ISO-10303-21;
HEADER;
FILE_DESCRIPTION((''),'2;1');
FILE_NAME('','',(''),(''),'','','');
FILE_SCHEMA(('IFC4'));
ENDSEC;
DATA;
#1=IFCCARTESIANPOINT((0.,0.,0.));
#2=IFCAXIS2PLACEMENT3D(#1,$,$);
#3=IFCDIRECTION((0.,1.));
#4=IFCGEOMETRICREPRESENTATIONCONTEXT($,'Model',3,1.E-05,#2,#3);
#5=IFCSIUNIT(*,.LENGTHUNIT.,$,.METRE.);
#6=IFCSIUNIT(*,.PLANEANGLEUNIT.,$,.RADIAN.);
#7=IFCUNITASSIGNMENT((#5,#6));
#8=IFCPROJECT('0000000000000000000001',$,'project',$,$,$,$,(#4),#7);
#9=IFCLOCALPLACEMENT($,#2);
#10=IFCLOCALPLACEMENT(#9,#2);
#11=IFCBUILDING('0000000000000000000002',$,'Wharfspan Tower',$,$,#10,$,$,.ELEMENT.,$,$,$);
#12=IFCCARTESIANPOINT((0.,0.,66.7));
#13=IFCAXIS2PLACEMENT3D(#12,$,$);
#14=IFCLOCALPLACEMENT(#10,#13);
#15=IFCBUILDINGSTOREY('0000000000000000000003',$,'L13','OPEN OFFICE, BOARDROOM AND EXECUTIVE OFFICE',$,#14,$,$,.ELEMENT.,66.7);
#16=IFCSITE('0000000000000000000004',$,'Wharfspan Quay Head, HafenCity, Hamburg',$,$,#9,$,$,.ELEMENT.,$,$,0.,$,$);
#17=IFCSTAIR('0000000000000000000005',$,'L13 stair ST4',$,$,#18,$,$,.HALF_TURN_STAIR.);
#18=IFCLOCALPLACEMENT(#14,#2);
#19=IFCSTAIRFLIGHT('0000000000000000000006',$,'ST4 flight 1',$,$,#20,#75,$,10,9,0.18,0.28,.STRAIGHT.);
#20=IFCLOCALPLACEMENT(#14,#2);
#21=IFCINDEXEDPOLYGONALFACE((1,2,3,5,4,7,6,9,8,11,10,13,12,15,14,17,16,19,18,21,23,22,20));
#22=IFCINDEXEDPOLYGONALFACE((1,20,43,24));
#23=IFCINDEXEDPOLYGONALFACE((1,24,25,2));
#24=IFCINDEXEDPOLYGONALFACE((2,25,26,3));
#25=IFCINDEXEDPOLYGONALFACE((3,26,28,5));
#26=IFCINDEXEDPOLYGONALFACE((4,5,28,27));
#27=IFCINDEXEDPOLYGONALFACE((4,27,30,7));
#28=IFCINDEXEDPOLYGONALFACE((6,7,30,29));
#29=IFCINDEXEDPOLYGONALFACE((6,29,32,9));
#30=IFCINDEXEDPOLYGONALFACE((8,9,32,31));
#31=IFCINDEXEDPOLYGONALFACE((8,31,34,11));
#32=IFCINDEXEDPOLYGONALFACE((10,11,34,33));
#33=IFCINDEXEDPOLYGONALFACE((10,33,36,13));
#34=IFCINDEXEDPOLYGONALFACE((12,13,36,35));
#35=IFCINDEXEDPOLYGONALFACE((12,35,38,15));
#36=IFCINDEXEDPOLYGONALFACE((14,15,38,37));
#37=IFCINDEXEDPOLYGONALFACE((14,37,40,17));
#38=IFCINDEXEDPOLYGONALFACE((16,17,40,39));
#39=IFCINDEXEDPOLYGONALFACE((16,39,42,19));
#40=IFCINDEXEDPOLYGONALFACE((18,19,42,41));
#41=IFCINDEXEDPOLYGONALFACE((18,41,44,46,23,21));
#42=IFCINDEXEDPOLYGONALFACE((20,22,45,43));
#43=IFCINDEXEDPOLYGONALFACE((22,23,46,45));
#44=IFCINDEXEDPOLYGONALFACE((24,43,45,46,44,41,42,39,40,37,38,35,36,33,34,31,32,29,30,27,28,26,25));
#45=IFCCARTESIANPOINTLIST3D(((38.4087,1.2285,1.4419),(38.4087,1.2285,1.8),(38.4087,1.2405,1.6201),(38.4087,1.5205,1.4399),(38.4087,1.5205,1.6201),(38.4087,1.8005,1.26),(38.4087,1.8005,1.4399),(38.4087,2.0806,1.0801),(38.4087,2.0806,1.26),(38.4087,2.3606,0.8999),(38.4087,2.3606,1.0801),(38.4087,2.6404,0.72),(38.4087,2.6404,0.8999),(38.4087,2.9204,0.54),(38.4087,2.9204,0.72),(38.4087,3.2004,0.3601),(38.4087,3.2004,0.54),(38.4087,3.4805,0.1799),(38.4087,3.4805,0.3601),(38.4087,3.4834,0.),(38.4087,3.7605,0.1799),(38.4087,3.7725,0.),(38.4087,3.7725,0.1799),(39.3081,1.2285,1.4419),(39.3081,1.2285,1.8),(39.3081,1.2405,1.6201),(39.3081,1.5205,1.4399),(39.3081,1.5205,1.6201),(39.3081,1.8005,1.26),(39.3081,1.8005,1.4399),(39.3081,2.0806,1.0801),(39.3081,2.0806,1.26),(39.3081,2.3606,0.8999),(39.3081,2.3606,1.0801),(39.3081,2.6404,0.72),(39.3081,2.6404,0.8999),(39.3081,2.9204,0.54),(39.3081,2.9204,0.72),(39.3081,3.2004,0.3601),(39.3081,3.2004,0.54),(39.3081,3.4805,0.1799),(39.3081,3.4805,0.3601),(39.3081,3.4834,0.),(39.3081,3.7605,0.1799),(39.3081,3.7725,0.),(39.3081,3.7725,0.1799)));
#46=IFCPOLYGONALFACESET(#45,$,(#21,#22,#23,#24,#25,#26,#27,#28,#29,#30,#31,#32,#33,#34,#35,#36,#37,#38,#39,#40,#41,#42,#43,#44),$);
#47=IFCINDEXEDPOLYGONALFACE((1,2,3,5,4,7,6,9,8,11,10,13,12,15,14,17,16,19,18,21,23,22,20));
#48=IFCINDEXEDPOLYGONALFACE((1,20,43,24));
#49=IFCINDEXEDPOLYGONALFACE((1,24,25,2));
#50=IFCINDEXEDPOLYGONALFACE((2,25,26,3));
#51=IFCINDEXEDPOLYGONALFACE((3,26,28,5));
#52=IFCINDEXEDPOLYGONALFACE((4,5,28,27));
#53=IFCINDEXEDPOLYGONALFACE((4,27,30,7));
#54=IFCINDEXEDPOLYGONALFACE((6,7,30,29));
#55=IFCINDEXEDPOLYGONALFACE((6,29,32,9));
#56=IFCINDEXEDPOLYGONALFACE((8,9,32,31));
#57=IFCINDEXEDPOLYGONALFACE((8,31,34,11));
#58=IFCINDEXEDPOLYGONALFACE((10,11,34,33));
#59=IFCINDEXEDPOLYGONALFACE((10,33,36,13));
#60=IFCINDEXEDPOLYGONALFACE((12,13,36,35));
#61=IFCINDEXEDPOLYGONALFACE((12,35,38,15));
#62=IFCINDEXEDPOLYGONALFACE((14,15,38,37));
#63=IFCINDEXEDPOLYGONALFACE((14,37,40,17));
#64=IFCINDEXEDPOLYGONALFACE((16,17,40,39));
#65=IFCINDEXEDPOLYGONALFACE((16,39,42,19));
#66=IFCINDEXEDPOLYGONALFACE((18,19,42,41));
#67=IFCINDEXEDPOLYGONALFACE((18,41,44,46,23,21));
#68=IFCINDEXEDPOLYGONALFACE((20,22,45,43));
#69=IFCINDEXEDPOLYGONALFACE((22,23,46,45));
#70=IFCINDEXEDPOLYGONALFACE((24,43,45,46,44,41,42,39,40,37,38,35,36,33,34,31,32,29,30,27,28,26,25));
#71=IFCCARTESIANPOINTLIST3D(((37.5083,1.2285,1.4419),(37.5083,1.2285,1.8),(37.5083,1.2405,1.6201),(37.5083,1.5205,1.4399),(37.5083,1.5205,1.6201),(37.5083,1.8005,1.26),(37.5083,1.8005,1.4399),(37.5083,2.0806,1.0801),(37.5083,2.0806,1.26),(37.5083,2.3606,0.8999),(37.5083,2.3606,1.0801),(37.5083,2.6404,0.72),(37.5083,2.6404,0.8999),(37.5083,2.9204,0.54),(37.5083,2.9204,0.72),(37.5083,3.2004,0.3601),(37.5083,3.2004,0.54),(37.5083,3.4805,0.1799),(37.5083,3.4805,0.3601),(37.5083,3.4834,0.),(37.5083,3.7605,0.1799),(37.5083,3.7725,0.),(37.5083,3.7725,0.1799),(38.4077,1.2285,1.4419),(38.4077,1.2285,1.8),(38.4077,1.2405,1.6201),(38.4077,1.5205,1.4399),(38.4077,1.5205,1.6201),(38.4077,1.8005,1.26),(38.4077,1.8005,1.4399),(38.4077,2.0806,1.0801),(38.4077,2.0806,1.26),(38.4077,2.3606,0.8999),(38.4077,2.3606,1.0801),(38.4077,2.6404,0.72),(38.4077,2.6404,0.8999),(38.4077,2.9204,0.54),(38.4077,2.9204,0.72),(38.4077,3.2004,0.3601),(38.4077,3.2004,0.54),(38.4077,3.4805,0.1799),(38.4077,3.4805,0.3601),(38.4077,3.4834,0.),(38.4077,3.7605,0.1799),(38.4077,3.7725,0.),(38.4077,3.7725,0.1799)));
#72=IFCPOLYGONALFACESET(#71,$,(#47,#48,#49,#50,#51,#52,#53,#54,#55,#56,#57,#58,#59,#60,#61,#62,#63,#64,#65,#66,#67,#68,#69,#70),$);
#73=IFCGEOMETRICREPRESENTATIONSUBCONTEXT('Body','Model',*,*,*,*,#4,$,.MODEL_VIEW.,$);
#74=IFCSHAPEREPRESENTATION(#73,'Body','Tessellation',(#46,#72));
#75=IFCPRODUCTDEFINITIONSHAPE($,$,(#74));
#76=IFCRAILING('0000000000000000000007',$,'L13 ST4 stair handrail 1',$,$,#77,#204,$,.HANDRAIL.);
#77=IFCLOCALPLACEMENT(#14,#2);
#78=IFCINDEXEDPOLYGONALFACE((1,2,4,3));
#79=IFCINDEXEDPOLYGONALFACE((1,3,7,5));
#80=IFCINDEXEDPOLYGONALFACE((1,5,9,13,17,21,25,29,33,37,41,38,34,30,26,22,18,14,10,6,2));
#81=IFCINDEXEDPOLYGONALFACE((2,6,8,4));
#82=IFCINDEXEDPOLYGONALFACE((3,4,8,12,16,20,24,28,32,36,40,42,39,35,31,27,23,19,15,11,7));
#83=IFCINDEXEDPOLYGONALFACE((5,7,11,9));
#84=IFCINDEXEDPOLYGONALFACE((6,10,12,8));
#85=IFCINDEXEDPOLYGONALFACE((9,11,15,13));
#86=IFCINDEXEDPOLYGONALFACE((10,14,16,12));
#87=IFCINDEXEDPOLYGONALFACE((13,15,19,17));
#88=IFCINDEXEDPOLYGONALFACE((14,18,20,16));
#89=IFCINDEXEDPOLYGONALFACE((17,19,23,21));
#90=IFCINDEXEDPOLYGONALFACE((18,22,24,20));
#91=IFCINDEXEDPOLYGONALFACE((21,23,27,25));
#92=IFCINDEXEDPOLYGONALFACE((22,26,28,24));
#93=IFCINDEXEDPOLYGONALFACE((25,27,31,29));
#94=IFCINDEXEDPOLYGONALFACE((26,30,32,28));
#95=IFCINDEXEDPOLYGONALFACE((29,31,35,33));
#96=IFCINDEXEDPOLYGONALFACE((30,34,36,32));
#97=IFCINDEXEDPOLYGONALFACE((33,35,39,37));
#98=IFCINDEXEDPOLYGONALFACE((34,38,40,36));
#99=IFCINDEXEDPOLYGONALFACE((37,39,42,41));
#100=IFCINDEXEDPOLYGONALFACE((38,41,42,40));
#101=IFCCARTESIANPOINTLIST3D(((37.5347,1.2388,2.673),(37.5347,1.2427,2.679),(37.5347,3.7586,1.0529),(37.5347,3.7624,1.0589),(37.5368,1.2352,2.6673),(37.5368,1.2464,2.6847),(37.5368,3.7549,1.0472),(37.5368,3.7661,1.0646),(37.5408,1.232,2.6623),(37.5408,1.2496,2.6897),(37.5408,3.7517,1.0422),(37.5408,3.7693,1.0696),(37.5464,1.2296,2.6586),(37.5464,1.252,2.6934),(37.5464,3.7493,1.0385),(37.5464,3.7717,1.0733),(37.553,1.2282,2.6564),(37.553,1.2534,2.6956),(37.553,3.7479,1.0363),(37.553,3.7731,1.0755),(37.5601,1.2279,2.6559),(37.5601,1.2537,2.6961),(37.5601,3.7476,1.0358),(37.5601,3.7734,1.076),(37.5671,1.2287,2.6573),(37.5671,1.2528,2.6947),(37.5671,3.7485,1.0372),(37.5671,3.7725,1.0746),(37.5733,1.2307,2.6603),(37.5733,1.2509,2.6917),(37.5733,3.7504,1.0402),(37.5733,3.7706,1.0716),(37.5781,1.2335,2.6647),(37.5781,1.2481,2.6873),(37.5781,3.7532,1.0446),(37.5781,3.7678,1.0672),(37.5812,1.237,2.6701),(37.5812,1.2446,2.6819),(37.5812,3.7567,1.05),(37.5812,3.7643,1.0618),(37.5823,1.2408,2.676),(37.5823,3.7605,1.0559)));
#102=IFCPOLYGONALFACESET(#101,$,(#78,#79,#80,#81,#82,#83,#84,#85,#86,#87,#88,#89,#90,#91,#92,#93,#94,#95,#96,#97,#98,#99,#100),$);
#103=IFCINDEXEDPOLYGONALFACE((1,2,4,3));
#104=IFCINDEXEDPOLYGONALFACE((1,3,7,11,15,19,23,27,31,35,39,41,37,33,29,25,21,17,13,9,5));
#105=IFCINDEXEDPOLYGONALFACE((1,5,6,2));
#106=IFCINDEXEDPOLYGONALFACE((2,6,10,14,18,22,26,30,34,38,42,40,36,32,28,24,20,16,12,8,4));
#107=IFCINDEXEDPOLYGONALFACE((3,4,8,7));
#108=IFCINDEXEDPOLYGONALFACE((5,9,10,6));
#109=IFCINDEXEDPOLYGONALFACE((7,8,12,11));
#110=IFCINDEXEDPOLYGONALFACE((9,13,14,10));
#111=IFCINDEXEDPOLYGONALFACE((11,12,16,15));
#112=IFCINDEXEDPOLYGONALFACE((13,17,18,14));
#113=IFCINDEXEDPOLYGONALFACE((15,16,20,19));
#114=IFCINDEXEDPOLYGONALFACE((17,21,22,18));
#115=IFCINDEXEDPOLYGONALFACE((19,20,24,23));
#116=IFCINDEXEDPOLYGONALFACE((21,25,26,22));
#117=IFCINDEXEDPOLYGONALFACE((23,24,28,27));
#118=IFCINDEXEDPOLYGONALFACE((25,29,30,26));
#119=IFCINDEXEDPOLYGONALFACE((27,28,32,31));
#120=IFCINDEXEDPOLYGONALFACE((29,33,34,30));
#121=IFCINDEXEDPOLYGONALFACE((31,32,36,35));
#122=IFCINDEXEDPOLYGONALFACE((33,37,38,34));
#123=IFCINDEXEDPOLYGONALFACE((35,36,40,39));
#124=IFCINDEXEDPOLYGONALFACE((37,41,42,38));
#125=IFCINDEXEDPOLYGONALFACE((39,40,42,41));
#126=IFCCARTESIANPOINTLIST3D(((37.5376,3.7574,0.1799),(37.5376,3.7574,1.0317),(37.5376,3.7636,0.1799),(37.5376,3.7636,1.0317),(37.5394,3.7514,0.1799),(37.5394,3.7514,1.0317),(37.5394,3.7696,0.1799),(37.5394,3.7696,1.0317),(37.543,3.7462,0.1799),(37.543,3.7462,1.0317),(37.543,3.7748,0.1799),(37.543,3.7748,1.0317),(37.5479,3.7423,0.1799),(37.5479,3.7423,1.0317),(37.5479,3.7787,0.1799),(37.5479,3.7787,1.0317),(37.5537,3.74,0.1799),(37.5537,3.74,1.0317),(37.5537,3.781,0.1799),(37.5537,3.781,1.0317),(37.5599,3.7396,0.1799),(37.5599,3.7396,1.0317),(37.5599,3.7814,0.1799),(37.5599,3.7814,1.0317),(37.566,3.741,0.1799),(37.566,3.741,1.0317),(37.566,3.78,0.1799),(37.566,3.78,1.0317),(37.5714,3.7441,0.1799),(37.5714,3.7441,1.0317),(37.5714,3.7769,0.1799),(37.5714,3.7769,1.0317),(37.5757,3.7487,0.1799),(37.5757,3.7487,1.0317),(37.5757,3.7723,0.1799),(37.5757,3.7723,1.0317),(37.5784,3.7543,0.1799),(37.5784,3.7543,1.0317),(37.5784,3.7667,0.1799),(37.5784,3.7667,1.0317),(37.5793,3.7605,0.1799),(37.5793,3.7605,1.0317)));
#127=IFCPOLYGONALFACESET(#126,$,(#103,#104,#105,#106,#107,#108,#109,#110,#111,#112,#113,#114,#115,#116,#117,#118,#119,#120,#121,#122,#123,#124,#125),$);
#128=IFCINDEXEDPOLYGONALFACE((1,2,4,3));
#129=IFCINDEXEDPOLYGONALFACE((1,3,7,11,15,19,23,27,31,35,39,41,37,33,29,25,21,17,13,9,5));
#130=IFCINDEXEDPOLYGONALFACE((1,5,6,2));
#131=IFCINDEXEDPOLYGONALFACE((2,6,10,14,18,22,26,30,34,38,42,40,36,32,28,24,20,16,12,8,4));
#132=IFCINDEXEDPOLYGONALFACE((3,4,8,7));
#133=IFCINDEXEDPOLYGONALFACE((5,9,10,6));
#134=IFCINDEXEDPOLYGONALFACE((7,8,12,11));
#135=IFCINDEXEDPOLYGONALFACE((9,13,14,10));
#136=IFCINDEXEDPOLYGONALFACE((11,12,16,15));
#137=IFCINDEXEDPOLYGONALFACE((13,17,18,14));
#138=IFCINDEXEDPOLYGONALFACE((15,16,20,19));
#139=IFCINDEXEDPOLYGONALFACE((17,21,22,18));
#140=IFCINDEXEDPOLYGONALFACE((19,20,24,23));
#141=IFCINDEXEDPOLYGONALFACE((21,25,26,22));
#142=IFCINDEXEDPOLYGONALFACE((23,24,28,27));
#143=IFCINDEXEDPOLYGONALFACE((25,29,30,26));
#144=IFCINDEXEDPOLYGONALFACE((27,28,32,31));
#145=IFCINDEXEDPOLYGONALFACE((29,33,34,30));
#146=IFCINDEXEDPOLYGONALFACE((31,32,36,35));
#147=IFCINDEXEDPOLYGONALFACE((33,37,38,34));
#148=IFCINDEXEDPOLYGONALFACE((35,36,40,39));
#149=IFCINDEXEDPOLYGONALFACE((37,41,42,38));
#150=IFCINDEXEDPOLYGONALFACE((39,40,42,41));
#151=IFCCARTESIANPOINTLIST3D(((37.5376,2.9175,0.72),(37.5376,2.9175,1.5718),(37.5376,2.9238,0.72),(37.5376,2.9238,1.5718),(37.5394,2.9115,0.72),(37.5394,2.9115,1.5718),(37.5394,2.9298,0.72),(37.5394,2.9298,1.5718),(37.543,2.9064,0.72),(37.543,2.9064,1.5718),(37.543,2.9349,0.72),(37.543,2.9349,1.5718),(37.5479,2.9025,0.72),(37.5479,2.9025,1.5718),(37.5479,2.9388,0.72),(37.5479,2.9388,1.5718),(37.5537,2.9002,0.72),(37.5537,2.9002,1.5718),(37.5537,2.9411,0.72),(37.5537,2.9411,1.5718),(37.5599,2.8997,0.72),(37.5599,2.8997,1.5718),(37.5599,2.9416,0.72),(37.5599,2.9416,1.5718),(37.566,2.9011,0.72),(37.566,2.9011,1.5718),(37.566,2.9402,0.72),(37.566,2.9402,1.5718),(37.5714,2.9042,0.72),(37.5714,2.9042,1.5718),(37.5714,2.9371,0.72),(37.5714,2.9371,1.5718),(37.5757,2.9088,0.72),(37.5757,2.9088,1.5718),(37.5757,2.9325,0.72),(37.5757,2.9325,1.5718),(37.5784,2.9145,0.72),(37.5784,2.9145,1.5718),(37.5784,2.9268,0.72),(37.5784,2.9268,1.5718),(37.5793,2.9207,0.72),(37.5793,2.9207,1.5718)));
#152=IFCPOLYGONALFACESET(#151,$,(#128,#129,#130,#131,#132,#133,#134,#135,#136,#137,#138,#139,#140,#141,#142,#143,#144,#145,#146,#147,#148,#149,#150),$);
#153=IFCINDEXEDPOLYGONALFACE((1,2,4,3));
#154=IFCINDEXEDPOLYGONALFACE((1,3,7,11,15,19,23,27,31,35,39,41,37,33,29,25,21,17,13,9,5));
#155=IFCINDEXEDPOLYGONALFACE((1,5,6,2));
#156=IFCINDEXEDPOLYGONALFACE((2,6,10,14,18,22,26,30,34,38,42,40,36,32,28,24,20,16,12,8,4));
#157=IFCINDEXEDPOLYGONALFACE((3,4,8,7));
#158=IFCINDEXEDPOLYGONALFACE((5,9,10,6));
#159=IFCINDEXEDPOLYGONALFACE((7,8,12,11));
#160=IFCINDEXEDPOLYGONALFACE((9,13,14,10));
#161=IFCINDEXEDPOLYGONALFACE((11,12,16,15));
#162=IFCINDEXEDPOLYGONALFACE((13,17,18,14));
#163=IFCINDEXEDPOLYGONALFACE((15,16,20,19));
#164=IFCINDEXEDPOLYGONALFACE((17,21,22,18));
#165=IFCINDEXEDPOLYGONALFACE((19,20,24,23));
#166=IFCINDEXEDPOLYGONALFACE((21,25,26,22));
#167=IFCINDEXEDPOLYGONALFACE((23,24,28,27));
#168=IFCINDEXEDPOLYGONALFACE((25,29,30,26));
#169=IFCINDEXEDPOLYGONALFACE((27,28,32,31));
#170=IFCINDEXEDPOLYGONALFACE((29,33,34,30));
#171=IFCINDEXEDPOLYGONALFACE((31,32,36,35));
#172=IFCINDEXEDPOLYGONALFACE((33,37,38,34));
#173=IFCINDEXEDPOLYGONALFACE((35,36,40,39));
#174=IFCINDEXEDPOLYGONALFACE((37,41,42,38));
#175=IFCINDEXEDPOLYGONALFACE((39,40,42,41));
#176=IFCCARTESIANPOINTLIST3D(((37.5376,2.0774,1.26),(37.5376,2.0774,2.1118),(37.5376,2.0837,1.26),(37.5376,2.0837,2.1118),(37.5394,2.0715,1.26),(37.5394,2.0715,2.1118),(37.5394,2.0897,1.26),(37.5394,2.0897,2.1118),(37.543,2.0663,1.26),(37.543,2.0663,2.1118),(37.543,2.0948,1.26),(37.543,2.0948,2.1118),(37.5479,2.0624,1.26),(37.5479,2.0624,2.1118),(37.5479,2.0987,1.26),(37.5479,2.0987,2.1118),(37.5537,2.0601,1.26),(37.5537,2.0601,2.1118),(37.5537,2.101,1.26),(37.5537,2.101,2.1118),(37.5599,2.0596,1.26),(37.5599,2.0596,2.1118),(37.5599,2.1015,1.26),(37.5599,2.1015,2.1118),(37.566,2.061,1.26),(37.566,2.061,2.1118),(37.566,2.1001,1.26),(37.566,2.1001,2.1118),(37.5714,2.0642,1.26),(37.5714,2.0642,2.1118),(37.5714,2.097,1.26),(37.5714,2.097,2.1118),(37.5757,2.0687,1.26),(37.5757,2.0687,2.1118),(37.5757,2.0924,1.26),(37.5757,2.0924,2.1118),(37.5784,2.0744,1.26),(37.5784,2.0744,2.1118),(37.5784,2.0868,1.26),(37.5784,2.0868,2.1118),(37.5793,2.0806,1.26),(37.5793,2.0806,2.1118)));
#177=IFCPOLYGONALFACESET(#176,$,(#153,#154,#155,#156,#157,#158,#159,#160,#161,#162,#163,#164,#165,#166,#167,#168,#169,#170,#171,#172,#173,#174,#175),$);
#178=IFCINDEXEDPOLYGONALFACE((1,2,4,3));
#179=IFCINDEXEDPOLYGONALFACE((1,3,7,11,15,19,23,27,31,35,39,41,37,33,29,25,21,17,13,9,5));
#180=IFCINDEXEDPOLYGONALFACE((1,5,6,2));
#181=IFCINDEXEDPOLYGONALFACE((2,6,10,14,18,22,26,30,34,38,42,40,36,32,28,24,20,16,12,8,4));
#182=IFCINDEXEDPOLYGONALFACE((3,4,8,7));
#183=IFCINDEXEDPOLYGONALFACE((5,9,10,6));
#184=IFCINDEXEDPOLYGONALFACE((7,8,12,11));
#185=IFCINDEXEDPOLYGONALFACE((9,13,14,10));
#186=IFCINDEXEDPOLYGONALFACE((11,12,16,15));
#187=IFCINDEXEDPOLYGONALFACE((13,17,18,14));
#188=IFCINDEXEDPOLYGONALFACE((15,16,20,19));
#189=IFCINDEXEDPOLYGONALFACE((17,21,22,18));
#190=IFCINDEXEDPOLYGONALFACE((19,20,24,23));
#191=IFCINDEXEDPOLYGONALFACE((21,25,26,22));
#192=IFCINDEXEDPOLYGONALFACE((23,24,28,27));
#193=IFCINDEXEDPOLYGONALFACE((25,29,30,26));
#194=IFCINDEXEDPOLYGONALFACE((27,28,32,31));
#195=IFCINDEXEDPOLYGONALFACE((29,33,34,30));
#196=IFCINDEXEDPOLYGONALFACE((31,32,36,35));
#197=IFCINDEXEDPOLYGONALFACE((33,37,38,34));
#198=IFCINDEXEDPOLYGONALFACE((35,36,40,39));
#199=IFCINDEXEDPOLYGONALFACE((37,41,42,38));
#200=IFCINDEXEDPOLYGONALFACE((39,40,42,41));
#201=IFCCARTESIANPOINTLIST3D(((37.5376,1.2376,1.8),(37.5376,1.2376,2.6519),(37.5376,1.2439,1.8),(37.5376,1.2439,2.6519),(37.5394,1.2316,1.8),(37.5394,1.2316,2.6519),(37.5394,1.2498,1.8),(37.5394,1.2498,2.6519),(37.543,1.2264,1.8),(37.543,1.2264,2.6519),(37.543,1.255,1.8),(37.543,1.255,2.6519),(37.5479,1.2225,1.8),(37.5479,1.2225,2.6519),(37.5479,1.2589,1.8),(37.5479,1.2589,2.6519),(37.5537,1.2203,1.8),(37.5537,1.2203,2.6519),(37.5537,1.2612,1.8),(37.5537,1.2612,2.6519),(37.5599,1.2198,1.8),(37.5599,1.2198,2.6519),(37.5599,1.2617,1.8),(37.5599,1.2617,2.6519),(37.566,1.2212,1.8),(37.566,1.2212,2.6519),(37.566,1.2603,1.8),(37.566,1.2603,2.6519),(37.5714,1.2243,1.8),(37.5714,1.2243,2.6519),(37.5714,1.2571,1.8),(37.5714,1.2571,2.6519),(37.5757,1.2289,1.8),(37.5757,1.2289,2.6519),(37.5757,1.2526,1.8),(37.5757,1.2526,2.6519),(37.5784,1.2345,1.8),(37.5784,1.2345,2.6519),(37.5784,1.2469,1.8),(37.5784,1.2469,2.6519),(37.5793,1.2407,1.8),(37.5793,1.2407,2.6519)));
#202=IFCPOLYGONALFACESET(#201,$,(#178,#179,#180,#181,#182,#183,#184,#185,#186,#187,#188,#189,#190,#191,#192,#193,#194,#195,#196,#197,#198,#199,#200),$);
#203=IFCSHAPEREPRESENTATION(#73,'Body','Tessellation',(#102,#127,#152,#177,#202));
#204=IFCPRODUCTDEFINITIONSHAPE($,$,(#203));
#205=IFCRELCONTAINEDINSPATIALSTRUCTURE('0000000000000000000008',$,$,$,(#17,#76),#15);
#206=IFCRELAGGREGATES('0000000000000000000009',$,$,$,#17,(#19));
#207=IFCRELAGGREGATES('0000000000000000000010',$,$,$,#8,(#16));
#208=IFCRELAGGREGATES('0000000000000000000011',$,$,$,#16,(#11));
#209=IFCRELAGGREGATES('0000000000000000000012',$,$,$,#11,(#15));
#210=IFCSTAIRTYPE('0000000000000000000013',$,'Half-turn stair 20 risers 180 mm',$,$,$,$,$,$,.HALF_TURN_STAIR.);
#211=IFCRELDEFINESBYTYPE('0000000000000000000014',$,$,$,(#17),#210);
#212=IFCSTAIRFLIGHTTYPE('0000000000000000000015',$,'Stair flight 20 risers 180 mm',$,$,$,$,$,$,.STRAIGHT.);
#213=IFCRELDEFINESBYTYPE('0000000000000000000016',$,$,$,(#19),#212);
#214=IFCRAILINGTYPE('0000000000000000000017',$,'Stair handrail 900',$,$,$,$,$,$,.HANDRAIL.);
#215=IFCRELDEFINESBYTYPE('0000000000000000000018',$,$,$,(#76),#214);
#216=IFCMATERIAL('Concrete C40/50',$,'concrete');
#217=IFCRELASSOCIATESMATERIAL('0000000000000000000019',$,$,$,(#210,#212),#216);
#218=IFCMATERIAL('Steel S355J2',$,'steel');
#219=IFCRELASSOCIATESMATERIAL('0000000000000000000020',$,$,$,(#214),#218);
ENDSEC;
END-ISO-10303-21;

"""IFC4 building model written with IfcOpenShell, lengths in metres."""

from ifc_helpers import new_model, si_unit, direction, frame, origin, origin_2d, place, context, subcontext, project, spatial, polyline, circle, outline, extrude, material, type_object, element, aggregate, save


model = new_model("IFC4")

# Units and contexts
model_context = context("Model", 3, precision=1e-05, world=origin(), true_north=direction((0.0, 1.0)))
body_context = subcontext(model_context, "Body", "Model", "MODEL_VIEW")
ifc_project = project(units=[si_unit("LENGTHUNIT", "METRE"), si_unit("PLANEANGLEUNIT", "RADIAN")], contexts=[model_context])

# Site, building, storey
site_placement = place(None, origin())
site = spatial("IfcSite", under=ifc_project, at=site_placement, Name="Wharfspan Quay Head, HafenCity, Hamburg", CompositionType="ELEMENT", RefElevation=0.0)
building_placement = place(site_placement, origin())
building = spatial("IfcBuilding", under=site, at=building_placement, Name="Wharfspan Tower", CompositionType="ELEMENT")
storey_placement = place(building_placement, frame((0.0, 0.0, 66.7)))
storey = spatial("IfcBuildingStorey", under=building, at=storey_placement, Name="L13", Description="OPEN OFFICE, BOARDROOM AND EXECUTIVE OFFICE", CompositionType="ELEMENT", Elevation=66.7)

# Shared definitions
ifc_material_1 = material(Name="Steel S355J2", Category="steel")

# Shared definitions
ifc_material_2 = material(Name="Concrete C40/50", Category="concrete")

# Stair, stair flight
stair_type = type_object("IfcStairType", Name="Half-turn stair 20 risers 180 mm", PredefinedType="HALF_TURN_STAIR", material=ifc_material_2)
stair_placement = place(storey_placement, origin())
stair = element("IfcStair", 1, at=stair_placement, inside=storey, type_object=stair_type, Name="L13 stair ST4", PredefinedType="HALF_TURN_STAIR")
stair_flight_type = type_object("IfcStairFlightType", Name="Stair flight 20 risers 180 mm", PredefinedType="STRAIGHT", material=ifc_material_2)
stair_flight_placement = place(storey_placement, frame((38.4082, 3.7605, 0.0), z_axis=(0.0, 0.0, 1.0), x_axis=(0.0, -1.0, 0.0)))
stair_flight = element("IfcStairFlight", 2, at=stair_flight_placement, type_object=stair_flight_type, Name="ST4 flight 1", NumberOfRisers=10, NumberOfTreads=9, PredefinedType="STRAIGHT", RiserHeight=0.18, TreadLength=0.28, context=body_context, shape_type="SweptSolid", body=[
    extrude(outline(polyline([(-0.012, 0.0), (-0.012, 0.1799), (0.0, 0.1799), (0.28, 0.1799), (0.28, 0.3601), (0.5601, 0.3601), (0.5601, 0.54), (0.8401, 0.54), (0.8401, 0.72), (1.1201, 0.72), (1.1201, 0.8999), (1.3999, 0.8999), (1.3999, 1.0801), (1.6799, 1.0801), (1.6799, 1.26), (1.96, 1.26), (1.96, 1.4399), (2.24, 1.4399), (2.24, 1.6201), (2.52, 1.6201), (2.532, 1.8), (2.532, 1.4419), (0.2771, 0.0), (-0.012, 0.0)])), frame((0.0, 0.8999, 0.0), z_axis=(0.0, -1.0, 0.0), x_axis=(1.0, 0.0, 0.0)), (0.0, 0.0, 1.0), 0.8994),
    extrude(outline(polyline([(-0.012, 0.0), (-0.012, 0.1799), (0.0, 0.1799), (0.28, 0.1799), (0.28, 0.3601), (0.5601, 0.3601), (0.5601, 0.54), (0.8401, 0.54), (0.8401, 0.72), (1.1201, 0.72), (1.1201, 0.8999), (1.3999, 0.8999), (1.3999, 1.0801), (1.6799, 1.0801), (1.6799, 1.26), (1.96, 1.26), (1.96, 1.4399), (2.24, 1.4399), (2.24, 1.6201), (2.52, 1.6201), (2.532, 1.8), (2.532, 1.4419), (0.2771, 0.0), (-0.012, 0.0)])), frame((0.0, -0.0005, 0.0), z_axis=(0.0, -1.0, 0.0), x_axis=(1.0, 0.0, 0.0)), (0.0, 0.0, 1.0), 0.8994),
])
aggregate(stair, [stair_flight])

# Railing
railing_type = type_object("IfcRailingType", Name="Stair handrail 900", PredefinedType="HANDRAIL", material=ifc_material_1)
railing_placement = place(storey_placement, frame((37.5583, 3.7605, 0.1799)))
element("IfcRailing", 3, at=railing_placement, inside=storey, type_object=railing_type, Name="L13 ST4 stair handrail 1", PredefinedType="HANDRAIL", context=body_context, shape_type="SweptSolid", body=[
    extrude(circle(Radius=0.0239, at=origin_2d()), frame((0.0, 0.0, 0.876), z_axis=(0.0, -0.841139, 0.540819), x_axis=(1.0, 0.0, 0.0)), (0.0, 0.0, 1.0), 2.9956),
    extrude(circle(Radius=0.021, at=origin_2d()), origin(), (0.0, 0.0, 1.0), 0.8518),
    extrude(circle(Radius=0.021, at=origin_2d()), frame((0.0, -0.8398, 0.54)), (0.0, 0.0, 1.0), 0.8518),
    extrude(circle(Radius=0.021, at=origin_2d()), frame((0.0, -1.6799, 1.0801)), (0.0, 0.0, 1.0), 0.8518),
    extrude(circle(Radius=0.021, at=origin_2d()), frame((0.0, -2.5198, 1.6201)), (0.0, 0.0, 1.0), 0.8518),
])

save(model, "model.ifc")
